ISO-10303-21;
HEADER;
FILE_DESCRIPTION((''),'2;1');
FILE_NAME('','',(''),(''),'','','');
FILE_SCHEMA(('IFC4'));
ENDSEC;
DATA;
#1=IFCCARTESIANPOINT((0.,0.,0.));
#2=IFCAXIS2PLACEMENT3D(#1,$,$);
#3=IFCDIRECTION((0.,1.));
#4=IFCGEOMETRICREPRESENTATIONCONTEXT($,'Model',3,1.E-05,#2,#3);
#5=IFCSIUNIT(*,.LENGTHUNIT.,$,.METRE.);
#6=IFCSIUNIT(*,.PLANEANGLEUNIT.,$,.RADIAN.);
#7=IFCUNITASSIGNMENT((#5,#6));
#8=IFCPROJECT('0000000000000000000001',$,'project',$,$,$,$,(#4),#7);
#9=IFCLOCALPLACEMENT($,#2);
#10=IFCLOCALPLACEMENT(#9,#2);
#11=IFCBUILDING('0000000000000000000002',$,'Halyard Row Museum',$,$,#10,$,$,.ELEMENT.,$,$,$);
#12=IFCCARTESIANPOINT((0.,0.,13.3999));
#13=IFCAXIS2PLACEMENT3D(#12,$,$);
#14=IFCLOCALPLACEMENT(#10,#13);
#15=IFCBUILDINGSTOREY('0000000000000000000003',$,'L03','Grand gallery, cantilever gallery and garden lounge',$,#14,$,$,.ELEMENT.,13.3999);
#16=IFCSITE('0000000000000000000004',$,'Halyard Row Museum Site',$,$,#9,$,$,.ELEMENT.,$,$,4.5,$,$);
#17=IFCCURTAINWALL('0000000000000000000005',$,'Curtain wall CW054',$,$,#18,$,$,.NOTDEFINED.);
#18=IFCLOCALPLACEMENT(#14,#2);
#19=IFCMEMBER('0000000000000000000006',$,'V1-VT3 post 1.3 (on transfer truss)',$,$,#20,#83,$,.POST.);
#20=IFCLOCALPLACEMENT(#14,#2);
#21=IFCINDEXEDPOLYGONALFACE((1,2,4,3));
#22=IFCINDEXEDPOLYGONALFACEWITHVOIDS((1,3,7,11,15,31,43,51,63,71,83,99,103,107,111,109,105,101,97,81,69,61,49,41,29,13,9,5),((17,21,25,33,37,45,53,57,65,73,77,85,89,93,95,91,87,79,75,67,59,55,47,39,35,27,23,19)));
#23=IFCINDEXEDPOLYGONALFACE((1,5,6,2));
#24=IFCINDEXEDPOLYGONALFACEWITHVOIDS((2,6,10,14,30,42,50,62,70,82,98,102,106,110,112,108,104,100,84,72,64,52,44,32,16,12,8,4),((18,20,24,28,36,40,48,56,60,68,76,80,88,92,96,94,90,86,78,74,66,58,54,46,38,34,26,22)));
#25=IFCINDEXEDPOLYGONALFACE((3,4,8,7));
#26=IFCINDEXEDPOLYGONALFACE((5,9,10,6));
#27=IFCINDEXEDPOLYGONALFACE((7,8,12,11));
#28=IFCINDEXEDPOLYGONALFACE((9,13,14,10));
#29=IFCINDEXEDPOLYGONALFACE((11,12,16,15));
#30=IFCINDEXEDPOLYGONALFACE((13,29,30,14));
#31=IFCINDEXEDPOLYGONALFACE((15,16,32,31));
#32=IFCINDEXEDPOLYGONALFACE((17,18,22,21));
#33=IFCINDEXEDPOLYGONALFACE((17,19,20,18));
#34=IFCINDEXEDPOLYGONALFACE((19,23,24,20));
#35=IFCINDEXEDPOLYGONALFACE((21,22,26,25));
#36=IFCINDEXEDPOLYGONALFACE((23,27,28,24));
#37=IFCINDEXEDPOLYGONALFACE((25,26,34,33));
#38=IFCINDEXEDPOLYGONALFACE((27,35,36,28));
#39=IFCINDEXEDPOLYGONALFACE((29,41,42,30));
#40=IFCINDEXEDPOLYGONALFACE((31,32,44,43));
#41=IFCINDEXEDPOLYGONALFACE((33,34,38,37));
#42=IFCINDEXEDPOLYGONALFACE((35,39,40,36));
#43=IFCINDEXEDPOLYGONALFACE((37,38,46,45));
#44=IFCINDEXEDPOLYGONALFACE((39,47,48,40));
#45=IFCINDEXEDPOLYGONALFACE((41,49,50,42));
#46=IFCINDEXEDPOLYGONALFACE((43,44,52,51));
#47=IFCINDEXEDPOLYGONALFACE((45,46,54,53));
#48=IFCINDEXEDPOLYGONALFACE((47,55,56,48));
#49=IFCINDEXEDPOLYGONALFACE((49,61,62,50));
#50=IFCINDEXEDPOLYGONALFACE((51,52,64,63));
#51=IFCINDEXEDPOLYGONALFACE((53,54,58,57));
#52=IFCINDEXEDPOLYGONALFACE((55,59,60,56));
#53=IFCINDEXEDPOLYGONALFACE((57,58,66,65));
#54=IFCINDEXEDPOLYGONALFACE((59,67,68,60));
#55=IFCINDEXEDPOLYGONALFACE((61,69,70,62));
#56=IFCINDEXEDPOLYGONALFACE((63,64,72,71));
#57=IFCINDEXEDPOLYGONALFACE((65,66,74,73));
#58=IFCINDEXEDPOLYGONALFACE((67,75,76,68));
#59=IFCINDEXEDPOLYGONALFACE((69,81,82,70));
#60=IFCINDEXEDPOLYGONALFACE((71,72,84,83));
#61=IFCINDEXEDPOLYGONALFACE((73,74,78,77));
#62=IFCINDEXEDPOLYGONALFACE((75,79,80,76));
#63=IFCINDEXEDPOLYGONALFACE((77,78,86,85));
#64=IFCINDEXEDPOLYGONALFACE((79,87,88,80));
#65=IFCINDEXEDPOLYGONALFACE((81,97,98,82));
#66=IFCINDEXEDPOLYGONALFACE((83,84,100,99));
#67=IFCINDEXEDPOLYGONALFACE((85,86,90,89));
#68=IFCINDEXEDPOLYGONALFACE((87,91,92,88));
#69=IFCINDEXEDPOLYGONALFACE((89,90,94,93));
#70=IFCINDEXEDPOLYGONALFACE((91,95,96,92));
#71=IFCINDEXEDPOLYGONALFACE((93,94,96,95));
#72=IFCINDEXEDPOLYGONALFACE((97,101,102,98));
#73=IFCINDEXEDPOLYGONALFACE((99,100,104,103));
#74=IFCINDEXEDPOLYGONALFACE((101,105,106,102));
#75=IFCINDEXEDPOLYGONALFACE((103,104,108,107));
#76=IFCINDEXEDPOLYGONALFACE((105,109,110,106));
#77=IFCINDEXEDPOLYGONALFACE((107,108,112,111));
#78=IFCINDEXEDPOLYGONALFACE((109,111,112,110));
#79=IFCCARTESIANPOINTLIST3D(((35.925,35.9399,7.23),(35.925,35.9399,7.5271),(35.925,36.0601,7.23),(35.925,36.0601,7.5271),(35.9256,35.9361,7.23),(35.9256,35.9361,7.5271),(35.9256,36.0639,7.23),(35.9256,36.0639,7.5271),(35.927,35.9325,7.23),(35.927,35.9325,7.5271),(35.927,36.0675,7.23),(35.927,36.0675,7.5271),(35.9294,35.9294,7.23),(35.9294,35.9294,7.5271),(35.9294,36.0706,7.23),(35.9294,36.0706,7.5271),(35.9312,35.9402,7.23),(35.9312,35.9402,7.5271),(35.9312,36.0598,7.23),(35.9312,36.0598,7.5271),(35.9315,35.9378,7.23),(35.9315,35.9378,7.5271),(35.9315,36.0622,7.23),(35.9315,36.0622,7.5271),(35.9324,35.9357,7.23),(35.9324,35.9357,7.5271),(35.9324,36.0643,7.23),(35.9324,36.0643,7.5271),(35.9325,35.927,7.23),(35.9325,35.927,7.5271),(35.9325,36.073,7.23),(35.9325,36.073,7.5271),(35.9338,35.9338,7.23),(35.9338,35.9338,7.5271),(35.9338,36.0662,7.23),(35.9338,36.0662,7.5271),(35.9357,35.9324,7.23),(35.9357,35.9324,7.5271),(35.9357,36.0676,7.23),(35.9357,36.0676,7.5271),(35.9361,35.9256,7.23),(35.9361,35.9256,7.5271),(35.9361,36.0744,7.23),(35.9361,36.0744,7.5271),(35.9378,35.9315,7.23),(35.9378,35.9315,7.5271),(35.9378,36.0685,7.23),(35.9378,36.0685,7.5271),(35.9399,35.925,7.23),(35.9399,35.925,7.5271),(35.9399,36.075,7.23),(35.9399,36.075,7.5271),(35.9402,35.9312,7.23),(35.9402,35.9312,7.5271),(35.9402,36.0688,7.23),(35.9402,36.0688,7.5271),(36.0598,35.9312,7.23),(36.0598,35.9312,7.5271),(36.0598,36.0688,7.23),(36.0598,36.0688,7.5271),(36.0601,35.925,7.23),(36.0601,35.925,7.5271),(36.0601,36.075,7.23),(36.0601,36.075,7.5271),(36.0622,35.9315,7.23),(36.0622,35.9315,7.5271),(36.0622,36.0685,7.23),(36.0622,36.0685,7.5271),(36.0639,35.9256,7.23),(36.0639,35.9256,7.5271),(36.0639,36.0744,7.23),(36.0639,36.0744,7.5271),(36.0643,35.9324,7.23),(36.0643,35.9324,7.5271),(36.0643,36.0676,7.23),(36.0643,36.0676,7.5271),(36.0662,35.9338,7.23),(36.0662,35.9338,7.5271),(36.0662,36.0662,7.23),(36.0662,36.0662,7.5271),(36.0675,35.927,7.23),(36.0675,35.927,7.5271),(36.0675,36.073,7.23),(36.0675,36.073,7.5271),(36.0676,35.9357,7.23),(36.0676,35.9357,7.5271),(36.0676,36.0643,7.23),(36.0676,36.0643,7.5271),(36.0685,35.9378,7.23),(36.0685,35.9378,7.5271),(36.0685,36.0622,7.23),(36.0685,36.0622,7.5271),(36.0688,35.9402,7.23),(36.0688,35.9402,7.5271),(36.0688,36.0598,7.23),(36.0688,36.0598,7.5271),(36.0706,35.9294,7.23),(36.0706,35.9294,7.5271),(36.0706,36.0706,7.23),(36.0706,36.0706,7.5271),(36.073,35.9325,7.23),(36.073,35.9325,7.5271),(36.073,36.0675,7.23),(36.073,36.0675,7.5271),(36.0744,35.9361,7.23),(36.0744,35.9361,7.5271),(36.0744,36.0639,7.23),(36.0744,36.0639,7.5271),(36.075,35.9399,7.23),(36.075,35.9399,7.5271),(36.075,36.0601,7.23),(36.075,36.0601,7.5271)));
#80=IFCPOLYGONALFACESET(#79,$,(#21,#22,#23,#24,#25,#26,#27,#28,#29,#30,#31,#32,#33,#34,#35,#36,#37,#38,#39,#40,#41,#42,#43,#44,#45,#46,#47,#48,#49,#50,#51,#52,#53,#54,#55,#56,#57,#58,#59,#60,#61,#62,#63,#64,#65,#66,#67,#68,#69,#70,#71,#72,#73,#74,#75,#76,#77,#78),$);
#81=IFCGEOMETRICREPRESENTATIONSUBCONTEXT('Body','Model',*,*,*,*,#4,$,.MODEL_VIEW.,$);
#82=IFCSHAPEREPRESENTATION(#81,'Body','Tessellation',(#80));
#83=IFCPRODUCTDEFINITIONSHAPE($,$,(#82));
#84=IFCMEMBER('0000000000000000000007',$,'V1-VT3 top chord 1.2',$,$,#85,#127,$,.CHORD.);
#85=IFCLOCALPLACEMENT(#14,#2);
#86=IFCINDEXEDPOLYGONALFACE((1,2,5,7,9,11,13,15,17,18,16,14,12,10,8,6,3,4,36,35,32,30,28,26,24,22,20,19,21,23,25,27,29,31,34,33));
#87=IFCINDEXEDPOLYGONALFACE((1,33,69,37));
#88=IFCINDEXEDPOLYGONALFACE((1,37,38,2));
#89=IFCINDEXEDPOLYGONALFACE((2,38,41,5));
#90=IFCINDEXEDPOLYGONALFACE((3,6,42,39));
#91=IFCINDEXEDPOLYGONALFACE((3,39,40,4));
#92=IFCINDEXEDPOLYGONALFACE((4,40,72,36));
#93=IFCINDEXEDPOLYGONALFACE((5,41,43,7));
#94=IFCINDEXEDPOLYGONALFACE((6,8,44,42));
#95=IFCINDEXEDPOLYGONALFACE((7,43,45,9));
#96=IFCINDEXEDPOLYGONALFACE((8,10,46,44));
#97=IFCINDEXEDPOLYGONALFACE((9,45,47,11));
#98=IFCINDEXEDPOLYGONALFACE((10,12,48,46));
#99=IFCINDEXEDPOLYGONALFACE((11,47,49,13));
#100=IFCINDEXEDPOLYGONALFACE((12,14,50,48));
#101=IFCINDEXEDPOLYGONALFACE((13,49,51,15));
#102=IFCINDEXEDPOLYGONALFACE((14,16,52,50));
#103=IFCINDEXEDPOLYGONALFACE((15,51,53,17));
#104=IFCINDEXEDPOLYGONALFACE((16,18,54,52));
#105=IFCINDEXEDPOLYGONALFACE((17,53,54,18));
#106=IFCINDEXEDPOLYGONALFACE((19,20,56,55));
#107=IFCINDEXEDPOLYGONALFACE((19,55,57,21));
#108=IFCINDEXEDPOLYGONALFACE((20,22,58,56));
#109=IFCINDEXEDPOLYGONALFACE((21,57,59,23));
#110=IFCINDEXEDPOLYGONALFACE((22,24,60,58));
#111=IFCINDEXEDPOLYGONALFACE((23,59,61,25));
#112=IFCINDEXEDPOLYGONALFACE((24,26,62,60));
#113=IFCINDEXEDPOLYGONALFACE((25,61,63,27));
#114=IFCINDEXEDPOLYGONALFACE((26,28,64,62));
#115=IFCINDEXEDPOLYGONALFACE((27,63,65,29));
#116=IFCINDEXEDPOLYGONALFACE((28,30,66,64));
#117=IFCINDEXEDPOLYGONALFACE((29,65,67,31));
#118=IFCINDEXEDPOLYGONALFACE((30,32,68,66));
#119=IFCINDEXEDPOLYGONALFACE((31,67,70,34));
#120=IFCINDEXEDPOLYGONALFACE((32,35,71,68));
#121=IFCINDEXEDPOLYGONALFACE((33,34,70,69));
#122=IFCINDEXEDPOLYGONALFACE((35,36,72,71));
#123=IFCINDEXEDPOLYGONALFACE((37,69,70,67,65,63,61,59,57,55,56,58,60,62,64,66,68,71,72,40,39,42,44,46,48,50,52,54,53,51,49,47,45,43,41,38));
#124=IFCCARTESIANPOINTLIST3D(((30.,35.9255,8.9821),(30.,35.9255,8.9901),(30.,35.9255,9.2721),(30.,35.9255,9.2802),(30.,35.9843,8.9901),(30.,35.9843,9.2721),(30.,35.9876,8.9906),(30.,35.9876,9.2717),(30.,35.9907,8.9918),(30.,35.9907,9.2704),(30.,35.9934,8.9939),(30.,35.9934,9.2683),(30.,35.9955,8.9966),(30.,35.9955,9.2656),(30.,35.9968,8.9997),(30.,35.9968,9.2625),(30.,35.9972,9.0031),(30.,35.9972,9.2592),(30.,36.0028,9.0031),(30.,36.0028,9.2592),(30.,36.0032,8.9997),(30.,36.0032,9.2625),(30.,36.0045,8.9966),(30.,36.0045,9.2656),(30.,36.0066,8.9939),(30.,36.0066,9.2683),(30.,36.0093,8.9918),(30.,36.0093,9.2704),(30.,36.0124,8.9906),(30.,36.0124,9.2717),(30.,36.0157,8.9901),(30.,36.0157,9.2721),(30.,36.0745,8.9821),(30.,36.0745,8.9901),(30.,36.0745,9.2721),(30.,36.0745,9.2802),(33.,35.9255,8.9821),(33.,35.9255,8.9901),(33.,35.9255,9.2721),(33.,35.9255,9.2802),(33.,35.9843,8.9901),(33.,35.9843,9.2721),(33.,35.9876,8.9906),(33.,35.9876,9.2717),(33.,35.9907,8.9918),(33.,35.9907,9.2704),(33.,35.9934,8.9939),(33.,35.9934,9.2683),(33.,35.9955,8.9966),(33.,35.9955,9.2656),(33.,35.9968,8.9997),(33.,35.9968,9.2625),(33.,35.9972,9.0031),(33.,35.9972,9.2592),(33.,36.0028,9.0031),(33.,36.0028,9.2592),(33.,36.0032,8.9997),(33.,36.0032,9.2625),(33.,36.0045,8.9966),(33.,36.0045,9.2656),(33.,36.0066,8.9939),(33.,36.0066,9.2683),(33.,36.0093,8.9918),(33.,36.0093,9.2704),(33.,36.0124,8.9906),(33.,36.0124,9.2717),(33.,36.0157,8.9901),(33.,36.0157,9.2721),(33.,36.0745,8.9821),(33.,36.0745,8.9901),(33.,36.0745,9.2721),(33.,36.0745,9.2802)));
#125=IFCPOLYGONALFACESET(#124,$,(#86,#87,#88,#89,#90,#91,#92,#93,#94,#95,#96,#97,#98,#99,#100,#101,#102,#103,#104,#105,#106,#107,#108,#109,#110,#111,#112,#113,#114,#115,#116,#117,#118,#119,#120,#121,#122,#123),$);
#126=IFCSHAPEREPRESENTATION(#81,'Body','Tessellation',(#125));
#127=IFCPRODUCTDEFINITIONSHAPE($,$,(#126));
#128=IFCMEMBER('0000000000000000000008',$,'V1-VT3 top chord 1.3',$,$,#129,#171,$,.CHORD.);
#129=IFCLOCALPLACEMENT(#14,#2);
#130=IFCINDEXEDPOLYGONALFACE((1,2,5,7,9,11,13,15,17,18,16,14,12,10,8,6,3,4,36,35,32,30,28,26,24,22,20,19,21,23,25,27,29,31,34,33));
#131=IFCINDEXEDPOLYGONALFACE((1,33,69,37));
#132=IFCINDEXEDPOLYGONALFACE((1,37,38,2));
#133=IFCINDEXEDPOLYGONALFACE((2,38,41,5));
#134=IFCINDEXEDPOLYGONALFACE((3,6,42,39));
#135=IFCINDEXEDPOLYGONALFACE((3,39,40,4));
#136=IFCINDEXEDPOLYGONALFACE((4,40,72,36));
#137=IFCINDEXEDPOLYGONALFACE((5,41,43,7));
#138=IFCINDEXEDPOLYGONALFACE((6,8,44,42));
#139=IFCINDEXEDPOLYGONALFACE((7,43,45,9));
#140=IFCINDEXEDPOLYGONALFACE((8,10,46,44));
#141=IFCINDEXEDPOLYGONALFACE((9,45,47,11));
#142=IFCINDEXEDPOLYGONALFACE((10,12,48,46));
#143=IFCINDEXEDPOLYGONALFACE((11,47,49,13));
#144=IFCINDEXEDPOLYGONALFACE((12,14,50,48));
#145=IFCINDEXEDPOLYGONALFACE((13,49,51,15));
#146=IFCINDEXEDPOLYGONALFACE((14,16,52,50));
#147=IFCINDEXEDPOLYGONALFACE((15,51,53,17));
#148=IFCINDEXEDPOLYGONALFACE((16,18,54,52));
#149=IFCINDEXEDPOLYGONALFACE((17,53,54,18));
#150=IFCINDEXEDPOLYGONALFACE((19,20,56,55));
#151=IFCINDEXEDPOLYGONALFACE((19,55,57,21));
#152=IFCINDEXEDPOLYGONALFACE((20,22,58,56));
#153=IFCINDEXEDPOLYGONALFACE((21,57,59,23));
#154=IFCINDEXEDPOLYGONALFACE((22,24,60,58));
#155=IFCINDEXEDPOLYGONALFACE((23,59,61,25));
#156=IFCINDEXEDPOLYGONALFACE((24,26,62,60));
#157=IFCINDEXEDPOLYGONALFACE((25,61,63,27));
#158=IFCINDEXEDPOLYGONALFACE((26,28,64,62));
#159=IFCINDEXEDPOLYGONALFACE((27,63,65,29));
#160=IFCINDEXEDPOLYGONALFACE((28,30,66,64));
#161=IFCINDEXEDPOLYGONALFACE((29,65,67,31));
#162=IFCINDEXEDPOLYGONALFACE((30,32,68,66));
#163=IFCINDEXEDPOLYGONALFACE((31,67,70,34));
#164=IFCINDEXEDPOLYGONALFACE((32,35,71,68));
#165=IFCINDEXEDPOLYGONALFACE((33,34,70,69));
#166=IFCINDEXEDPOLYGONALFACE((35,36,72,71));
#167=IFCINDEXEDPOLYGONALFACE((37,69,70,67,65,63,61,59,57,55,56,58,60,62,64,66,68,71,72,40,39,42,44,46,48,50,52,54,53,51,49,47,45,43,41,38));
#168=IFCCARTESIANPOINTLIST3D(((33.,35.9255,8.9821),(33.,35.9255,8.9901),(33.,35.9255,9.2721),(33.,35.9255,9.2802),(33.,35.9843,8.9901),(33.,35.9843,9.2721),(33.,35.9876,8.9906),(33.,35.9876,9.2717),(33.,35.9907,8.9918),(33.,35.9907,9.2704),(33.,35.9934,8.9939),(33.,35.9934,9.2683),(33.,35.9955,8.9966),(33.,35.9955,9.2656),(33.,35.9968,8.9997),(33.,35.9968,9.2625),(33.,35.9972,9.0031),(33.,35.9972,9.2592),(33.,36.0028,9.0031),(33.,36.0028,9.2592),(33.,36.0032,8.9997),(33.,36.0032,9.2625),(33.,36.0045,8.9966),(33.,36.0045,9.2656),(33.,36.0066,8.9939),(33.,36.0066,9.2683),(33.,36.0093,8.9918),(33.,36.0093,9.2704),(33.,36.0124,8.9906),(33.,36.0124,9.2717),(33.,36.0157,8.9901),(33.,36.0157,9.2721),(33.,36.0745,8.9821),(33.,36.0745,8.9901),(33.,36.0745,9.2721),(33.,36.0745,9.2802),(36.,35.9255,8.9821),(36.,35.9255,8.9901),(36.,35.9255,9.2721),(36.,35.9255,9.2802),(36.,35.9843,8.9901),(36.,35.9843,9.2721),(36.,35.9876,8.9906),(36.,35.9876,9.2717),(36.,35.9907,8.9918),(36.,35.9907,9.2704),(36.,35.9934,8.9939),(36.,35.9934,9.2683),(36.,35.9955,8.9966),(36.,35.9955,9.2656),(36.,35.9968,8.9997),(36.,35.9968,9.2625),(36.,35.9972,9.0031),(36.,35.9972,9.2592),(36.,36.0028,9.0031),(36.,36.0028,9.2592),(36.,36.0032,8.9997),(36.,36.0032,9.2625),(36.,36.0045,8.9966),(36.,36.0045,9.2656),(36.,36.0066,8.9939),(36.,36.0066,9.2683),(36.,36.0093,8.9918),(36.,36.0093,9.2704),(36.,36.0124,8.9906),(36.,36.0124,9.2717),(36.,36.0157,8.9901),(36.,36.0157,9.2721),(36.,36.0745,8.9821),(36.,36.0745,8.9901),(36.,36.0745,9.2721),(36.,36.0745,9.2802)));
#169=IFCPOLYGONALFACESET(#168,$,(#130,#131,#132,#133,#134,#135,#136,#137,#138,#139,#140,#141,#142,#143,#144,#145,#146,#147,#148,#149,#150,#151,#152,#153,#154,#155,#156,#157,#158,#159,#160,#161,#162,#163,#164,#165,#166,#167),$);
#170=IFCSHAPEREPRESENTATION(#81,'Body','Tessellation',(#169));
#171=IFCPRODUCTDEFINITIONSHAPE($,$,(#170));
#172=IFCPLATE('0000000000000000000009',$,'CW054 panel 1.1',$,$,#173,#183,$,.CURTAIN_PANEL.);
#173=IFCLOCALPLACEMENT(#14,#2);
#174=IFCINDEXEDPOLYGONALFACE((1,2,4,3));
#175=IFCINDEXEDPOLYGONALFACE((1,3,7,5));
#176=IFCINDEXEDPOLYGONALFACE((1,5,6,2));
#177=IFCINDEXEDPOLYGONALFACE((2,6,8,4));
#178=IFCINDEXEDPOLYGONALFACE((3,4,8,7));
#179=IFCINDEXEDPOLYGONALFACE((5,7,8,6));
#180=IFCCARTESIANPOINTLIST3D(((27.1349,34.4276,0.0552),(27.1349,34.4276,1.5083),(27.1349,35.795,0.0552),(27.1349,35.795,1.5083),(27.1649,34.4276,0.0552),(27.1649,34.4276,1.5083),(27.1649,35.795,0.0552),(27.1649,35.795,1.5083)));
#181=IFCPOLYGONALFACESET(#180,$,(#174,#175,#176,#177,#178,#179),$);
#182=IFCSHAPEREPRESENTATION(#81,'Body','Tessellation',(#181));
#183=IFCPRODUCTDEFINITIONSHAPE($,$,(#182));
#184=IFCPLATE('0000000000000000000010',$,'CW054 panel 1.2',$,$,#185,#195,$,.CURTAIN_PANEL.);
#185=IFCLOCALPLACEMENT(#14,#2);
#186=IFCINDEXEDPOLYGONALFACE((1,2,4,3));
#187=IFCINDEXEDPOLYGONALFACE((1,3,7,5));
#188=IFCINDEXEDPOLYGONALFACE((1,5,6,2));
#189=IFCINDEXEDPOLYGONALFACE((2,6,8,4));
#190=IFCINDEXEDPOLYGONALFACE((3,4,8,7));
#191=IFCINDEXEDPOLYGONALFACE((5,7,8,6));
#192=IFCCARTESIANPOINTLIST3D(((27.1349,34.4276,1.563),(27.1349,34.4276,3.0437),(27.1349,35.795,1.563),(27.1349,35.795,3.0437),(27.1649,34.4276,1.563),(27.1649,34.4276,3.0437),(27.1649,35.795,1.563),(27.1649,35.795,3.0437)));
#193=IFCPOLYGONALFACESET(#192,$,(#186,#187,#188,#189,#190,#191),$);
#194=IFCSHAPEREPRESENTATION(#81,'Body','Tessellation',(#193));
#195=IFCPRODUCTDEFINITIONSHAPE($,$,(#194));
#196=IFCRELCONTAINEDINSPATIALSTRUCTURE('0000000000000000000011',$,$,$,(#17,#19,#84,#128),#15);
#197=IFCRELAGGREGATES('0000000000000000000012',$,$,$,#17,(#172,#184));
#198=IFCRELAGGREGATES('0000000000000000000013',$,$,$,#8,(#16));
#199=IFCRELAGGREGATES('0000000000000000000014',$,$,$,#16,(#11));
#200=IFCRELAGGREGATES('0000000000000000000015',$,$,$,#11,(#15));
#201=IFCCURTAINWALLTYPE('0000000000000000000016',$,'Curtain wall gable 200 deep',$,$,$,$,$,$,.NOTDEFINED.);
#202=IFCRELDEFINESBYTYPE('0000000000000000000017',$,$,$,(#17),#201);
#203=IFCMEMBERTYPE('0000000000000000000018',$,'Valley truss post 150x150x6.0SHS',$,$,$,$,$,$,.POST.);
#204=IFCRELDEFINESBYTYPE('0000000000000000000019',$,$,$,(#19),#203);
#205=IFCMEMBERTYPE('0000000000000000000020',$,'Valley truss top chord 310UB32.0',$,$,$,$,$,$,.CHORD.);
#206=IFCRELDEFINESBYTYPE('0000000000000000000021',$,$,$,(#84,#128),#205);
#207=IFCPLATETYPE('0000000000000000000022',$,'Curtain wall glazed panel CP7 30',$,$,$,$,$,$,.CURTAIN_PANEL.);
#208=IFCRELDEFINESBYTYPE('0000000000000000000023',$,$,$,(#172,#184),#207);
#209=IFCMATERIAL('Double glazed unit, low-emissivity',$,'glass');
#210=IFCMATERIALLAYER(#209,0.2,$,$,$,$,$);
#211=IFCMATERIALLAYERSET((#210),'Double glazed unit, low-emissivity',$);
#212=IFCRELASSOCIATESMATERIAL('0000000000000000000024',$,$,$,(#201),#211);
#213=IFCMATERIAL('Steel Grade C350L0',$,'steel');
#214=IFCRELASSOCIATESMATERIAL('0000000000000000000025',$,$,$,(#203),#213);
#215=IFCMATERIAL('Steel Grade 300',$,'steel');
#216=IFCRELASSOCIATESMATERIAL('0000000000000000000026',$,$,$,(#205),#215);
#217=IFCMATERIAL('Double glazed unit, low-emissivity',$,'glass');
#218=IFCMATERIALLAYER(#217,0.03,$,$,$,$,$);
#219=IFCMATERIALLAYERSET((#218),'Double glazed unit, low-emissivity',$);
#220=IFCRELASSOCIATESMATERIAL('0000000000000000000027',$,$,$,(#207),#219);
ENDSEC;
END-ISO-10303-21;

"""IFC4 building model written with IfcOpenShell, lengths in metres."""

from ifc_helpers import new_model, si_unit, direction, frame, origin, origin_2d, place, context, subcontext, project, spatial, rectangle, hollow_rectangle, i_section, extrude, material, layer, layer_set, material_profile, profile_set, type_object, element, aggregate, save


model = new_model("IFC4")

# Units and contexts
model_context = context("Model", 3, precision=1e-05, world=origin(), true_north=direction((0.0, 1.0)))
body_context = subcontext(model_context, "Body", "Model", "MODEL_VIEW")
ifc_project = project(units=[si_unit("LENGTHUNIT", "METRE"), si_unit("PLANEANGLEUNIT", "RADIAN")], contexts=[model_context])

# Site, building, storey
site_placement = place(None, origin())
site = spatial("IfcSite", under=ifc_project, at=site_placement, Name="Halyard Row Museum Site", CompositionType="ELEMENT", RefElevation=4.5)
building_placement = place(site_placement, origin())
building = spatial("IfcBuilding", under=site, at=building_placement, Name="Halyard Row Museum", CompositionType="ELEMENT")
storey_placement = place(building_placement, frame((0.0, 0.0, 13.3999)))
storey = spatial("IfcBuildingStorey", under=building, at=storey_placement, Name="L03", Description="Grand gallery, cantilever gallery and garden lounge", CompositionType="ELEMENT", Elevation=13.3999)

# Curtain wall
ifc_material_1 = material(Name="Double glazed unit, low-emissivity", Category="glass")
ifc_layer_1 = layer(ifc_material_1, 0.2)
ifc_layer_set_1 = layer_set([ifc_layer_1], Name="Double glazed unit, low-emissivity")
curtain_wall_type = type_object("IfcCurtainWallType", Name="Curtain wall gable 200 deep", PredefinedType="NOTDEFINED", material=ifc_layer_set_1)
curtain_wall_placement = place(storey_placement, origin())
curtain_wall = element("IfcCurtainWall", 1, at=curtain_wall_placement, inside=storey, type_object=curtain_wall_type, Name="Curtain wall CW054", PredefinedType="NOTDEFINED")

# Members
ifc_material_2 = material(Name="Steel Grade C350L0", Category="steel")
ifc_material_profile_1 = material_profile(ifc_material_2, hollow_rectangle(XDim=0.1499, YDim=0.1499, WallThickness=0.0061, InnerFilletRadius=0.009, OuterFilletRadius=0.0149, at=origin_2d()), Name="150x150x6.0SHS")
ifc_profile_set_1 = profile_set([ifc_material_profile_1], Name="Steel Grade C350L0")
member_type_1 = type_object("IfcMemberType", Name="Valley truss post 150x150x6.0SHS", PredefinedType="POST", material=ifc_profile_set_1)
member_1_placement = place(storey_placement, frame((36.0, 36.0, 7.23), z_axis=(0.0, 0.0, 1.0), x_axis=(1.0, 0.0, 0.0)))
element("IfcMember", 2, at=member_1_placement, inside=storey, type_object=member_type_1, Name="V1-VT3 post 1.3 (on transfer truss)", PredefinedType="POST", context=body_context, shape_type="SweptSolid", body=[
    extrude(hollow_rectangle(XDim=0.1499, YDim=0.1499, WallThickness=0.0061, InnerFilletRadius=0.009, OuterFilletRadius=0.0149, at=origin_2d()), origin(), (0.0, 0.0, 1.0), 0.2971),
])
ifc_material_3 = material(Name="Steel Grade 300", Category="steel")
ifc_material_profile_2 = material_profile(ifc_material_3, i_section(OverallWidth=0.1489, OverallDepth=0.2981, WebThickness=0.0056, FlangeThickness=0.0081, FilletRadius=0.0129, at=origin_2d()), Name="310UB32.0")
ifc_profile_set_2 = profile_set([ifc_material_profile_2], Name="Steel Grade 300")
member_type_2 = type_object("IfcMemberType", Name="Valley truss top chord 310UB32.0", PredefinedType="CHORD", material=ifc_profile_set_2)
for number, where, z_axis, x_axis, name in (
    (3, (30.0, 36.0, 9.1311), (1.0, 0.0, 0.0), (0.0, 1.0, 0.0), "V1-VT3 top chord 1.2"),
    (4, (33.0, 36.0, 9.1311), (1.0, 0.0, 0.0), (0.0, 1.0, 0.0), "V1-VT3 top chord 1.3"),
):
    element("IfcMember", number, at=place(storey_placement, frame(where, z_axis=z_axis, x_axis=x_axis)), inside=storey, type_object=member_type_2, Name=name, PredefinedType="CHORD", context=body_context, shape_type="SweptSolid", body=[
        extrude(i_section(OverallWidth=0.1489, OverallDepth=0.2981, WebThickness=0.0056, FlangeThickness=0.0081, FilletRadius=0.0129, at=origin_2d()), origin(), (0.0, 0.0, 1.0), 3.0),
    ])

# Plates
ifc_material_4 = material(Name="Double glazed unit, low-emissivity", Category="glass")
ifc_layer_2 = layer(ifc_material_4, 0.03)
ifc_layer_set_2 = layer_set([ifc_layer_2], Name="Double glazed unit, low-emissivity")
plate_type = type_object("IfcPlateType", Name="Curtain wall glazed panel CP7 30", PredefinedType="CURTAIN_PANEL", material=ifc_layer_set_2)
plate_1_placement = place(storey_placement, frame((27.1499, 35.1113, 0.0552), z_axis=(0.0, 0.0, 1.0), x_axis=(0.0, -1.0, 0.0)))
plate_1 = element("IfcPlate", 5, at=plate_1_placement, type_object=plate_type, Name="CW054 panel 1.1", PredefinedType="CURTAIN_PANEL", context=body_context, shape_type="SweptSolid", body=[
    extrude(rectangle(XDim=1.3674, YDim=0.03, at=origin_2d()), origin(), (0.0, 0.0, 1.0), 1.4531),
])
plate_2_placement = place(storey_placement, frame((27.1499, 35.1113, 1.563), z_axis=(0.0, 0.0, 1.0), x_axis=(0.0, -1.0, 0.0)))
plate_2 = element("IfcPlate", 6, at=plate_2_placement, type_object=plate_type, Name="CW054 panel 1.2", PredefinedType="CURTAIN_PANEL", context=body_context, shape_type="SweptSolid", body=[
    extrude(rectangle(XDim=1.3674, YDim=0.03, at=origin_2d()), origin(), (0.0, 0.0, 1.0), 1.4807),
])
aggregate(curtain_wall, [plate_1, plate_2])

save(model, "model.ifc")
